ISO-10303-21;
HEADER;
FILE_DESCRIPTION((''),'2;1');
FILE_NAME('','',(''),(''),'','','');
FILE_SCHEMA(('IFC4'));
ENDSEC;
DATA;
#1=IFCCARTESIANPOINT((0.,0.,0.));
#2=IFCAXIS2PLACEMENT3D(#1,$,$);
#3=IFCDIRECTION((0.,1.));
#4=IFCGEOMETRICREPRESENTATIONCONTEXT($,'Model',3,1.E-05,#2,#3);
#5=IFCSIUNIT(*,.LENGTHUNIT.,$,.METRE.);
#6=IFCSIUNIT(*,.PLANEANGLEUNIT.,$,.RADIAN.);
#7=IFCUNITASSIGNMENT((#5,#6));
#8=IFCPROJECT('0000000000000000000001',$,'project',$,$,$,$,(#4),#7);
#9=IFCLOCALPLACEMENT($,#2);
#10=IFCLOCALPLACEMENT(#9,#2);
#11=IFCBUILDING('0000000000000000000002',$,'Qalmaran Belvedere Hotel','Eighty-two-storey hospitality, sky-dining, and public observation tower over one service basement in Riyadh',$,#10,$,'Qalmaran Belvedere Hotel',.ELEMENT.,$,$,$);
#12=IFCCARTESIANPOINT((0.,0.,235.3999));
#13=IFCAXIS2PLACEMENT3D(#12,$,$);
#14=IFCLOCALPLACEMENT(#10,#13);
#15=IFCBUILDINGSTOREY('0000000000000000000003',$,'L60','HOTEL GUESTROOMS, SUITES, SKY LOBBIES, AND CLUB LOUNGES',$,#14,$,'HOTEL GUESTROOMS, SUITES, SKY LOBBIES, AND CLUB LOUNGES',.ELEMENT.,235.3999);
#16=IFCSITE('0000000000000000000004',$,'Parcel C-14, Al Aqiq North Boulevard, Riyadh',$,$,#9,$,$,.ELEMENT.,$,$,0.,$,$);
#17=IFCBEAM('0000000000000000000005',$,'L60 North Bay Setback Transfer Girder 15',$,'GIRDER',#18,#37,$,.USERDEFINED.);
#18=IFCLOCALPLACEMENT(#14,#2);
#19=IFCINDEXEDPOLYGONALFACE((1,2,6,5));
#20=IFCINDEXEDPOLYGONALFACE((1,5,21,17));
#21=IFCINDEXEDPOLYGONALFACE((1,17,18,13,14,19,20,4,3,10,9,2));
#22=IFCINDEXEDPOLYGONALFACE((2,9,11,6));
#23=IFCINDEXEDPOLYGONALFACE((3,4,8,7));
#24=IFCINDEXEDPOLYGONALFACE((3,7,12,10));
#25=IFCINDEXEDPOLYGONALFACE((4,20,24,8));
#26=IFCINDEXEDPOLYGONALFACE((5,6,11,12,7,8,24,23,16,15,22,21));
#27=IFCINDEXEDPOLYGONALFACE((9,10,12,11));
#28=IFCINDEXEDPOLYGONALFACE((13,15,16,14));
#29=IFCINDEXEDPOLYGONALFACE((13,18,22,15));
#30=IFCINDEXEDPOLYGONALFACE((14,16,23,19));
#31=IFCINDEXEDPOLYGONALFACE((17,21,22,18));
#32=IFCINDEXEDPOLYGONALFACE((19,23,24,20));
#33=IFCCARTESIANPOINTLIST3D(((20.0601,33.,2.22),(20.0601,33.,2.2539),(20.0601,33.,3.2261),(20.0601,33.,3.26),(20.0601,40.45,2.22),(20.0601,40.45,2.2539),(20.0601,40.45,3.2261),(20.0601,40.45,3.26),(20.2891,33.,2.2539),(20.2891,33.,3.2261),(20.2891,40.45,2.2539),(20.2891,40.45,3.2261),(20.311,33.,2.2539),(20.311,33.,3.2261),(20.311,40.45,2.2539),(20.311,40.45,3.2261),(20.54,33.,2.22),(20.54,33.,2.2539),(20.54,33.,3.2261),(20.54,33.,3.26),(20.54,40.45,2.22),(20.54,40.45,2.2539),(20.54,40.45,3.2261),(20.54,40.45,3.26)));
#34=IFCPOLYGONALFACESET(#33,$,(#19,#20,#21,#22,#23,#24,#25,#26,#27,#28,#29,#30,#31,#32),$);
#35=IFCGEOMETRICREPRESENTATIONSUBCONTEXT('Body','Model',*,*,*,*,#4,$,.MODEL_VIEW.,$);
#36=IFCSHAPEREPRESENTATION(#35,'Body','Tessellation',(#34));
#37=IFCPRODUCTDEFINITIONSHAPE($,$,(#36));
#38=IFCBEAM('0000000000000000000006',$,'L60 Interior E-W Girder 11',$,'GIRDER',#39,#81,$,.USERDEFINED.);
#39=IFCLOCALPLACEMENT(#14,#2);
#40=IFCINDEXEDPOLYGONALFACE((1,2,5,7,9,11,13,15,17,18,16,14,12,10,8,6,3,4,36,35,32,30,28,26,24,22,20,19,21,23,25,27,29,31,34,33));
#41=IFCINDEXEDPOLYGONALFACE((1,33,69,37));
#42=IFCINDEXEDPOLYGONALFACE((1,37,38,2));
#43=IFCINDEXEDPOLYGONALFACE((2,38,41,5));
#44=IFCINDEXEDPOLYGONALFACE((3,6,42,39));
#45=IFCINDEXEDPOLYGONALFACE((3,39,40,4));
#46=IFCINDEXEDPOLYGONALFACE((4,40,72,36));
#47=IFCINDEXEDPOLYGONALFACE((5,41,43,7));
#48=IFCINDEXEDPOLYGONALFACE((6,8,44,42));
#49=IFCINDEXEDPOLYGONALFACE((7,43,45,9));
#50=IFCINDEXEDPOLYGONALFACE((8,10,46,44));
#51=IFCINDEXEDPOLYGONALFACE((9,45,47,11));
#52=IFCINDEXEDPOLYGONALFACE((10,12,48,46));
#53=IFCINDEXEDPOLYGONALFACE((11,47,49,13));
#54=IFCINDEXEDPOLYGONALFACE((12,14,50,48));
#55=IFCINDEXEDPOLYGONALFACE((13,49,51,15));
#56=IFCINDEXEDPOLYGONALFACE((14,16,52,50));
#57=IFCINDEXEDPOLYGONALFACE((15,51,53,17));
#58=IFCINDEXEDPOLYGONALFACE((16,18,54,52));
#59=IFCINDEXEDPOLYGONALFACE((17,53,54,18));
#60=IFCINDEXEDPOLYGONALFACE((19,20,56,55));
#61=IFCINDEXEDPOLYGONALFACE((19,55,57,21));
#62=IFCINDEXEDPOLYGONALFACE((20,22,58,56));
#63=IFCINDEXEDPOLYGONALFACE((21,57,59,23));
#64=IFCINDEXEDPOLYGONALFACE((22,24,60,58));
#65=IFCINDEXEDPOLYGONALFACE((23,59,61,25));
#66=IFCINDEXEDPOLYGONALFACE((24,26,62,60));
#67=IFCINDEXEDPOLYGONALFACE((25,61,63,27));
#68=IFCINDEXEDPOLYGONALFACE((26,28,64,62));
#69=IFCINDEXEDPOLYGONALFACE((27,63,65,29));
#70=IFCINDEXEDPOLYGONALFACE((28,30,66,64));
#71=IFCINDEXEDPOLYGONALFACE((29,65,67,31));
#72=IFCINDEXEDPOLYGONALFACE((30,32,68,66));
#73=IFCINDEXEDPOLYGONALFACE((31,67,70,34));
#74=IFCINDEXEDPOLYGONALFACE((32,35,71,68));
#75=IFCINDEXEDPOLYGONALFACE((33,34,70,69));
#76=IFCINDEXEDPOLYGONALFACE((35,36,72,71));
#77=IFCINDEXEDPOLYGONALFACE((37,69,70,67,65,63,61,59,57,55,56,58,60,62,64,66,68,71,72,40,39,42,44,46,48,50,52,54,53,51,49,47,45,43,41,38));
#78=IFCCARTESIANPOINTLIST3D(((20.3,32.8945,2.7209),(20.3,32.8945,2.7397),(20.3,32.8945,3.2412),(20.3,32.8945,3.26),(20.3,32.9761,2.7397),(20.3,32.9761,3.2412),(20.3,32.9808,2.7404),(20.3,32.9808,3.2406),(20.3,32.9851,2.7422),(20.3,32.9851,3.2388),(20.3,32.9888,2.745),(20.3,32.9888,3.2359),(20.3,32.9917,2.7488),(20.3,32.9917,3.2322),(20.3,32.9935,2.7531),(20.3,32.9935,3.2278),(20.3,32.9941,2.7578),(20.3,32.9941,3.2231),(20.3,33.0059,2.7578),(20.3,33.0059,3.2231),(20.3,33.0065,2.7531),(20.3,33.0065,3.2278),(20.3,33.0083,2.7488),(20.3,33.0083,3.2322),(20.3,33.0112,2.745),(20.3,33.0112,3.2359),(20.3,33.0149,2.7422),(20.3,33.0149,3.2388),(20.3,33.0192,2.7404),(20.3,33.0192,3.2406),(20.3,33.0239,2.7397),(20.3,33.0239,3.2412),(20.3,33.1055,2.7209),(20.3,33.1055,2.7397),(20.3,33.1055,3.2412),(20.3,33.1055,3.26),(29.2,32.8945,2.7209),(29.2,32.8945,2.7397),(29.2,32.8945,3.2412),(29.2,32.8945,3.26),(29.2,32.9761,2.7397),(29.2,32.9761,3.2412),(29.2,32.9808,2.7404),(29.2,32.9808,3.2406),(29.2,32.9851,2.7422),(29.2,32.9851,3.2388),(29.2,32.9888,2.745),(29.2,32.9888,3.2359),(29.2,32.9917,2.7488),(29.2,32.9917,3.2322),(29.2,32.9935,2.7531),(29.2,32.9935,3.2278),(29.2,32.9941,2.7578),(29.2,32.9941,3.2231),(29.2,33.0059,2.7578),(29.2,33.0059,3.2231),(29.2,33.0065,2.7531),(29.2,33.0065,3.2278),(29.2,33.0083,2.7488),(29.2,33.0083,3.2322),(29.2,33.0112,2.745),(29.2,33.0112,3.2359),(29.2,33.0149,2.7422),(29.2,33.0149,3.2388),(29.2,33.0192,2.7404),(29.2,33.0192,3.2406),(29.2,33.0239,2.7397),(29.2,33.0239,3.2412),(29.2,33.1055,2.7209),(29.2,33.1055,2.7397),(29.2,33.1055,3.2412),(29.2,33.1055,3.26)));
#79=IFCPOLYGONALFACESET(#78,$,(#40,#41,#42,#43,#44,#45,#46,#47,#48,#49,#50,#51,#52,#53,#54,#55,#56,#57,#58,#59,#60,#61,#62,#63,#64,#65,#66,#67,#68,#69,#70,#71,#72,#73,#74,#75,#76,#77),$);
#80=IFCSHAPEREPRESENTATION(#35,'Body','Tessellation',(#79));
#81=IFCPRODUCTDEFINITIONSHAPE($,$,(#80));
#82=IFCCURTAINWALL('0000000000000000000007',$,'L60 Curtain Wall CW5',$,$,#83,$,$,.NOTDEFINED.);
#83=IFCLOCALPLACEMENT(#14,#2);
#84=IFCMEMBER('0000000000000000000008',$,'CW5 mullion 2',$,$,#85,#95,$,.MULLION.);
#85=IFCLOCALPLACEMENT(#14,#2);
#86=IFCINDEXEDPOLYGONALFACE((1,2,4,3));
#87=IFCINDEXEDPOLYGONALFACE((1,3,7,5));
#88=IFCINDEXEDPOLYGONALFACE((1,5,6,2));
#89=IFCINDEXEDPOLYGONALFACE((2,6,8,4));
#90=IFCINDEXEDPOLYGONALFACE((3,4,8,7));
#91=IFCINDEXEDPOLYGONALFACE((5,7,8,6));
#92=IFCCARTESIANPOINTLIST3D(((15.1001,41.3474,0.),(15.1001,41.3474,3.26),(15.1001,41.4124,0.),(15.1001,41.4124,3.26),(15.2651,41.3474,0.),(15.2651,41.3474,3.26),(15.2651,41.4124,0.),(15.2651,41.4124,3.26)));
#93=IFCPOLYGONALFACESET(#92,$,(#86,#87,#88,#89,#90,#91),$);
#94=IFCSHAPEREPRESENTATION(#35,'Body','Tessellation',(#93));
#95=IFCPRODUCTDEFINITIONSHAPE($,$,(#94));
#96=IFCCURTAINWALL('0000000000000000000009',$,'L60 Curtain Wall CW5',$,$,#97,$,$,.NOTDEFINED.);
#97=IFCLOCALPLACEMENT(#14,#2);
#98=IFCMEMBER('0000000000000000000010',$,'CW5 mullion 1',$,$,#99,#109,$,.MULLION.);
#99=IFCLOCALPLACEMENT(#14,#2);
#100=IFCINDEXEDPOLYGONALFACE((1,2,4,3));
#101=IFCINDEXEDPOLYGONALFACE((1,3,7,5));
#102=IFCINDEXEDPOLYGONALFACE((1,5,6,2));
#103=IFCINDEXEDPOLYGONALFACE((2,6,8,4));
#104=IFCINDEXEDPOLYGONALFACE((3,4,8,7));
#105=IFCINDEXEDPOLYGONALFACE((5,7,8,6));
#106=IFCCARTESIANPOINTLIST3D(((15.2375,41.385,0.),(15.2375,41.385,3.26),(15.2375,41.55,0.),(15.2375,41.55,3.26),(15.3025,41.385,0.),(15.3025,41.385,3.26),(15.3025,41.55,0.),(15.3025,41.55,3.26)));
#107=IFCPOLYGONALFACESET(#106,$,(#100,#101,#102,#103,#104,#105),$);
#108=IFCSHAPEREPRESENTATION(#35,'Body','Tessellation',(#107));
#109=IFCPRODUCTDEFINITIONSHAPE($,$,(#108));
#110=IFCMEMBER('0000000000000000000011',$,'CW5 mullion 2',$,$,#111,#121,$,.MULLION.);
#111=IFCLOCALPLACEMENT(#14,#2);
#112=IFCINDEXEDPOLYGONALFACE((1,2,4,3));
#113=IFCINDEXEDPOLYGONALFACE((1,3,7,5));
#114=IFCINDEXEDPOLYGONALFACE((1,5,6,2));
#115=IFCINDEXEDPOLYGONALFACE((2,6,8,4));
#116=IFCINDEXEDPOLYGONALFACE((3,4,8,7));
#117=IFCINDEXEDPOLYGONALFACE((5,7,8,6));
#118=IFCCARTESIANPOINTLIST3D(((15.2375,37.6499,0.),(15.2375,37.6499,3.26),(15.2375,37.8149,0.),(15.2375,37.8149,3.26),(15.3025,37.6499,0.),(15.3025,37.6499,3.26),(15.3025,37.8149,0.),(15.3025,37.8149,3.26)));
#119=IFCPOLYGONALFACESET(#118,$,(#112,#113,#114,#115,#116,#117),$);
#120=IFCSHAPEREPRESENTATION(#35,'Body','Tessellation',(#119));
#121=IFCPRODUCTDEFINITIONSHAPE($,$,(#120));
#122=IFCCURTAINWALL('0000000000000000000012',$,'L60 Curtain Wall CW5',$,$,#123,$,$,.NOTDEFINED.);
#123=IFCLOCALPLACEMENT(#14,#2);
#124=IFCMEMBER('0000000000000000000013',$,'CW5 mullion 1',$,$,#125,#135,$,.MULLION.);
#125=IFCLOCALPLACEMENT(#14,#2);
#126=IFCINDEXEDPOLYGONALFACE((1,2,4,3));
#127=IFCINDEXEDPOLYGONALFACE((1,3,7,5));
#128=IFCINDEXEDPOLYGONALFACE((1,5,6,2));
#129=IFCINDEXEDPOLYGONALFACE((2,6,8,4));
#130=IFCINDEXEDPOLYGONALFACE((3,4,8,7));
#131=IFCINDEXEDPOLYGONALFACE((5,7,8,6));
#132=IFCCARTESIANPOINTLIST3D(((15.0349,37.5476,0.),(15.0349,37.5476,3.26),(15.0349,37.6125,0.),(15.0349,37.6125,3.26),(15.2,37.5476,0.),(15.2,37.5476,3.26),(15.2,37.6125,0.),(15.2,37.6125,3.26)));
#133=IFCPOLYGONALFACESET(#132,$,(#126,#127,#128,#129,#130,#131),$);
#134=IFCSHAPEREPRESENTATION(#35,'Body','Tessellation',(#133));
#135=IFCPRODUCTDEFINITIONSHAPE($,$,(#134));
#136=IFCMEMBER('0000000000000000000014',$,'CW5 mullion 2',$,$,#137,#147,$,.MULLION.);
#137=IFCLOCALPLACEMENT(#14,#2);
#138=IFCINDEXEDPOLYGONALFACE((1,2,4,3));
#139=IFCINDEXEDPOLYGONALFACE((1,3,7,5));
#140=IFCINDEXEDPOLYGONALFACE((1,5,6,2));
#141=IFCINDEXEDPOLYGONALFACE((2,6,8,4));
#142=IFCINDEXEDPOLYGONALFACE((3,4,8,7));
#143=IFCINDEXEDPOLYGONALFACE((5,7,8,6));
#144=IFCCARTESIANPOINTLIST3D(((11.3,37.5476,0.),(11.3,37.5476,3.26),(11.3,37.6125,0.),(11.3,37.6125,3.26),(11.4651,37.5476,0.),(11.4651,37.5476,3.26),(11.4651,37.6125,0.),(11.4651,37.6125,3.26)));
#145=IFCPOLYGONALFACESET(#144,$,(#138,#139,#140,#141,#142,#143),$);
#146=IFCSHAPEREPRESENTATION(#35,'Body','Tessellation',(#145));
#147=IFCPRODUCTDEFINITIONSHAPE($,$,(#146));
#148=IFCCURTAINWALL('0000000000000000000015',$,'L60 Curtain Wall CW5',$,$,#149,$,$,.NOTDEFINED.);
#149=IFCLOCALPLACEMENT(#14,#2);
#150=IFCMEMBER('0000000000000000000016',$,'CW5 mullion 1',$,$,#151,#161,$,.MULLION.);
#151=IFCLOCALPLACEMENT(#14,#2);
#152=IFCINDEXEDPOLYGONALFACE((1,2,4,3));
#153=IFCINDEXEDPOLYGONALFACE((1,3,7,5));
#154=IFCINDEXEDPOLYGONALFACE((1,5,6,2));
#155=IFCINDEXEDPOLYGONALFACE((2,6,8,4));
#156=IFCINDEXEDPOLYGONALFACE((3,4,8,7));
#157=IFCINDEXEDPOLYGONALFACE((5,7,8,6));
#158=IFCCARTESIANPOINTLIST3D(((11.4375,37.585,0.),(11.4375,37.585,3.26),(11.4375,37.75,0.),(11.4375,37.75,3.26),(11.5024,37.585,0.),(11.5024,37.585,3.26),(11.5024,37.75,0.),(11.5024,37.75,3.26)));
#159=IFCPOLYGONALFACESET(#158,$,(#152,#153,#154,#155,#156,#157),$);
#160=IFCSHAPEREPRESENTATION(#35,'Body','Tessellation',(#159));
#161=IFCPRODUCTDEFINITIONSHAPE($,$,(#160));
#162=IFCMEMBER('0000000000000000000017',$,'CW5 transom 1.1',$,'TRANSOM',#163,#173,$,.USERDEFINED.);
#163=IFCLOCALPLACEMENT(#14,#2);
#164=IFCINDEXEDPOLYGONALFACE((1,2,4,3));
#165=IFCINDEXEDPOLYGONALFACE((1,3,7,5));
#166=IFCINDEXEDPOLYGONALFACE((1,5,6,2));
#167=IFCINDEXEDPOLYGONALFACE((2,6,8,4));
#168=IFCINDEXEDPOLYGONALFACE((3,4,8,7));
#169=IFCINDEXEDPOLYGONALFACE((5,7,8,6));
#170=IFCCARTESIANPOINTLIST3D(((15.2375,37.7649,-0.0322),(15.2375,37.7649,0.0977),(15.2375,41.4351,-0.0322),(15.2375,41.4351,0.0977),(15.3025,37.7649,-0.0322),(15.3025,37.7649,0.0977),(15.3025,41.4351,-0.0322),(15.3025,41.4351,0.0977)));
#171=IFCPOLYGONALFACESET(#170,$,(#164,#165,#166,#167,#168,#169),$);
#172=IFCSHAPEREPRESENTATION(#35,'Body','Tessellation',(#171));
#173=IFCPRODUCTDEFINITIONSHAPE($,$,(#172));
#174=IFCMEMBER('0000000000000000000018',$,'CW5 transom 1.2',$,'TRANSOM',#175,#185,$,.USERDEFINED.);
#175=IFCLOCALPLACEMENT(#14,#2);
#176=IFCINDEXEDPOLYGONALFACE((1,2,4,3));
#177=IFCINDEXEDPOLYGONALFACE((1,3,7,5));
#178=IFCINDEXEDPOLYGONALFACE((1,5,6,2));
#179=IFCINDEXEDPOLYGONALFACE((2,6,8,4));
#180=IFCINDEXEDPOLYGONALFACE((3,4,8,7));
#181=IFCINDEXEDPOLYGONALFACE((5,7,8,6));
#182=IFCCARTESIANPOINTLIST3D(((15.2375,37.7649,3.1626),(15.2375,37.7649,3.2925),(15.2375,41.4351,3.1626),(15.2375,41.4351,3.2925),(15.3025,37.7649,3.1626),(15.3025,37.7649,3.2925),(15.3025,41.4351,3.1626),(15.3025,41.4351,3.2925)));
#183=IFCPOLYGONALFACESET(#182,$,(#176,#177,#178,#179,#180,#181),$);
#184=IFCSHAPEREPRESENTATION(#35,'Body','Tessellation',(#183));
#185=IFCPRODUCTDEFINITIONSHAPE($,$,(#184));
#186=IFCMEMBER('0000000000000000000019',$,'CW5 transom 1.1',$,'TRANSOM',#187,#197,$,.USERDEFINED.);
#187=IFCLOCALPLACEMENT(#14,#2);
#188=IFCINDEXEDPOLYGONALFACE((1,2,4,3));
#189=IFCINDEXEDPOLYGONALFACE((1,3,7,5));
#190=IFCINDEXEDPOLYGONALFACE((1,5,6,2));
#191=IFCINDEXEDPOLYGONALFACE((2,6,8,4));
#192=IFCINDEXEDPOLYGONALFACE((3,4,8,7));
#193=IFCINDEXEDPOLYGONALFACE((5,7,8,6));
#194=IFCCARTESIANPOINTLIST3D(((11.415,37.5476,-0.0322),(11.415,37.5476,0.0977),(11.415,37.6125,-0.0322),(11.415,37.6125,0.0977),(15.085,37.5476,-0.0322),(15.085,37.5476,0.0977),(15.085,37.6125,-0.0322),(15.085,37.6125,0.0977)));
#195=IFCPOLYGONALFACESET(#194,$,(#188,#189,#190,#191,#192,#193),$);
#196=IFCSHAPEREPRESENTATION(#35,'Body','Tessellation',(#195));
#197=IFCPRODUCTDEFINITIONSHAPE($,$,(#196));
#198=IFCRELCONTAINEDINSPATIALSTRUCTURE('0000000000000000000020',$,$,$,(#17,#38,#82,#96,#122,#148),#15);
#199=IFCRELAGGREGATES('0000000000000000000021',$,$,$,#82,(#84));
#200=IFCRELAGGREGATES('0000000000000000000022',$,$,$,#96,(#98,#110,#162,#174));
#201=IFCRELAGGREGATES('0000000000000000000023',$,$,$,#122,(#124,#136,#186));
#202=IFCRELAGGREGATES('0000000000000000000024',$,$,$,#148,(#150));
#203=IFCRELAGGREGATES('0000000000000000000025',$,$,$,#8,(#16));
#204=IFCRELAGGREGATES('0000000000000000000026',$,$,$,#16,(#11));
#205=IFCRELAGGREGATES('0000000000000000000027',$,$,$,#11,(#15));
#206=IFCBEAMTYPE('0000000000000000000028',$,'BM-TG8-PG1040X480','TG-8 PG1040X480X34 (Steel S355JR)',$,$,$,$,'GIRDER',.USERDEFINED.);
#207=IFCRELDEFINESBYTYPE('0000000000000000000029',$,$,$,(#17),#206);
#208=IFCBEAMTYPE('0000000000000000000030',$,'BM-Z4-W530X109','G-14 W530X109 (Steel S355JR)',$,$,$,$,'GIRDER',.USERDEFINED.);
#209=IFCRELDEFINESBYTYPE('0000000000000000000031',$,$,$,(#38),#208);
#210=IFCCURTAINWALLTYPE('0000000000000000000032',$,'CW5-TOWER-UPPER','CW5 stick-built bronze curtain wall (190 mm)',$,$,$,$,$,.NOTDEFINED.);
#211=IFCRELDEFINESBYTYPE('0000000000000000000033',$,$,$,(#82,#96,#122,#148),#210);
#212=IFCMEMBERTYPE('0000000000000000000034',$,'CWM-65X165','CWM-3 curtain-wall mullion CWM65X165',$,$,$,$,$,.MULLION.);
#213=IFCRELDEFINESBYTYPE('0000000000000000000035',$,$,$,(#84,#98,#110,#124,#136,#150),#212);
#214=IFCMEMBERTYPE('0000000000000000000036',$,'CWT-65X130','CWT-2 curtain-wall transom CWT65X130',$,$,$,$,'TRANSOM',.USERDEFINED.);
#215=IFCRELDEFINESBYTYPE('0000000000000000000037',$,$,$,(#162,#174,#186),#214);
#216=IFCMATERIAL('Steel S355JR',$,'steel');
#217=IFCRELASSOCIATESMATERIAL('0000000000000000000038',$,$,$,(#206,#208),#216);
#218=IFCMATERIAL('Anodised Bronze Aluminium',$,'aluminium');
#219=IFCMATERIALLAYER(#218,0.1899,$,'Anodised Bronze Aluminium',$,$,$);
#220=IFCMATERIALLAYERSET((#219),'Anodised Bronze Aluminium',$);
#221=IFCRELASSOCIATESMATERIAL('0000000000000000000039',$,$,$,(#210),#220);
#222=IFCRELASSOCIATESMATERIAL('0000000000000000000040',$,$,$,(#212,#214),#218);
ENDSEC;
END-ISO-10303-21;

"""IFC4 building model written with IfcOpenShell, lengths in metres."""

from ifc_helpers import new_model, si_unit, direction, frame, origin, origin_2d, place, context, subcontext, project, spatial, rectangle, i_section, extrude, material, layer, layer_set, material_profile, profile_set, type_object, element, aggregate, save


model = new_model("IFC4")

# Units and contexts
model_context = context("Model", 3, precision=1e-05, world=origin(), true_north=direction((0.0, 1.0)))
body_context = subcontext(model_context, "Body", "Model", "MODEL_VIEW")
ifc_project = project(units=[si_unit("LENGTHUNIT", "METRE"), si_unit("PLANEANGLEUNIT", "RADIAN")], contexts=[model_context])

# Site, building, storey
site_placement = place(None, origin())
site = spatial("IfcSite", under=ifc_project, at=site_placement, Name="Parcel C-14, Al Aqiq North Boulevard, Riyadh", CompositionType="ELEMENT", RefElevation=0.0)
building_placement = place(site_placement, origin())
building = spatial("IfcBuilding", under=site, at=building_placement, Name="Qalmaran Belvedere Hotel", Description="Eighty-two-storey hospitality, sky-dining, and public observation tower over one service basement in Riyadh", LongName="Qalmaran Belvedere Hotel", CompositionType="ELEMENT")
storey_placement = place(building_placement, frame((0.0, 0.0, 235.3999)))
storey = spatial("IfcBuildingStorey", under=building, at=storey_placement, Name="L60", Description="HOTEL GUESTROOMS, SUITES, SKY LOBBIES, AND CLUB LOUNGES", LongName="HOTEL GUESTROOMS, SUITES, SKY LOBBIES, AND CLUB LOUNGES", CompositionType="ELEMENT", Elevation=235.3999)

# Beams
ifc_material_1 = material(Name="Steel S355JR", Category="steel")
ifc_material_profile_1 = material_profile(ifc_material_1, i_section(OverallWidth=0.48, OverallDepth=1.04, WebThickness=0.022, FlangeThickness=0.0339, at=origin_2d()), Name="PG1040X480X34")
ifc_profile_set_1 = profile_set([ifc_material_profile_1], Name="Steel S355JR")
beam_type_1 = type_object("IfcBeamType", Name="BM-TG8-PG1040X480", Description="TG-8 PG1040X480X34 (Steel S355JR)", ElementType="GIRDER", PredefinedType="USERDEFINED", material=ifc_profile_set_1)
beam_1_placement = place(storey_placement, frame((20.3, 33.0, 2.74), z_axis=(0.0, 1.0, 0.0), x_axis=(-1.0, 0.0, 0.0)))
element("IfcBeam", 1, at=beam_1_placement, inside=storey, type_object=beam_type_1, Name="L60 North Bay Setback Transfer Girder 15", ObjectType="GIRDER", PredefinedType="USERDEFINED", context=body_context, shape_type="SweptSolid", body=[
    extrude(i_section(OverallWidth=0.48, OverallDepth=1.04, WebThickness=0.022, FlangeThickness=0.0339, at=origin_2d()), origin(), (0.0, 0.0, 1.0), 7.45),
])
ifc_material_profile_2 = material_profile(ifc_material_1, i_section(OverallWidth=0.2109, OverallDepth=0.5391, WebThickness=0.0117, FlangeThickness=0.0188, FilletRadius=0.0181, at=origin_2d()), Name="W530X109")
ifc_profile_set_2 = profile_set([ifc_material_profile_2], Name="Steel S355JR")
beam_type_2 = type_object("IfcBeamType", Name="BM-Z4-W530X109", Description="G-14 W530X109 (Steel S355JR)", ElementType="GIRDER", PredefinedType="USERDEFINED", material=ifc_profile_set_2)
beam_2_placement = place(storey_placement, frame((20.3, 33.0, 2.9905), z_axis=(1.0, 0.0, 0.0), x_axis=(0.0, 1.0, 0.0)))
element("IfcBeam", 2, at=beam_2_placement, inside=storey, type_object=beam_type_2, Name="L60 Interior E-W Girder 11", ObjectType="GIRDER", PredefinedType="USERDEFINED", context=body_context, shape_type="SweptSolid", body=[
    extrude(i_section(OverallWidth=0.2109, OverallDepth=0.5391, WebThickness=0.0117, FlangeThickness=0.0188, FilletRadius=0.0181, at=origin_2d()), origin(), (0.0, 0.0, 1.0), 8.8999),
])

# Curtain wall, member
ifc_material_2 = material(Name="Anodised Bronze Aluminium", Category="aluminium")
ifc_layer_1 = layer(ifc_material_2, 0.1899, Name="Anodised Bronze Aluminium")
ifc_layer_set_1 = layer_set([ifc_layer_1], Name="Anodised Bronze Aluminium")
curtain_wall_type = type_object("IfcCurtainWallType", Name="CW5-TOWER-UPPER", Description="CW5 stick-built bronze curtain wall (190 mm)", PredefinedType="NOTDEFINED", material=ifc_layer_set_1)
curtain_wall_1_placement = place(storey_placement, origin())
curtain_wall_1 = element("IfcCurtainWall", 3, at=curtain_wall_1_placement, inside=storey, type_object=curtain_wall_type, Name="L60 Curtain Wall CW5", PredefinedType="NOTDEFINED")
ifc_material_profile_3 = material_profile(ifc_material_2, rectangle(XDim=0.0649, YDim=0.165, at=origin_2d()), Name="CWM65X165")
ifc_profile_set_3 = profile_set([ifc_material_profile_3], Name="Anodised Bronze Aluminium")
member_type_1 = type_object("IfcMemberType", Name="CWM-65X165", Description="CWM-3 curtain-wall mullion CWM65X165", PredefinedType="MULLION", material=ifc_profile_set_3)
member_1_placement = place(storey_placement, frame((15.1826, 41.3799, 0.0), z_axis=(0.0, 0.0, 1.0), x_axis=(0.0, -1.0, 0.0)))
member_1 = element("IfcMember", 4, at=member_1_placement, type_object=member_type_1, Name="CW5 mullion 2", PredefinedType="MULLION", context=body_context, shape_type="SweptSolid", body=[
    extrude(rectangle(XDim=0.0649, YDim=0.165, at=origin_2d()), origin(), (0.0, 0.0, 1.0), 3.26),
])

# Curtain walls, members
curtain_wall_2_placement = place(storey_placement, origin())
curtain_wall_2 = element("IfcCurtainWall", 5, at=curtain_wall_2_placement, inside=storey, type_object=curtain_wall_type, Name="L60 Curtain Wall CW5", PredefinedType="NOTDEFINED")
member_2_placement = place(storey_placement, frame((15.27, 41.4675, 0.0), z_axis=(0.0, 0.0, 1.0), x_axis=(1.0, 0.0, 0.0)))
member_2 = element("IfcMember", 6, at=member_2_placement, type_object=member_type_1, Name="CW5 mullion 1", PredefinedType="MULLION", context=body_context, shape_type="SweptSolid", body=[
    extrude(rectangle(XDim=0.0649, YDim=0.165, at=origin_2d()), origin(), (0.0, 0.0, 1.0), 3.26),
])
member_3_placement = place(storey_placement, frame((15.27, 37.7324, 0.0), z_axis=(0.0, 0.0, 1.0), x_axis=(1.0, 0.0, 0.0)))
member_3 = element("IfcMember", 7, at=member_3_placement, type_object=member_type_1, Name="CW5 mullion 2", PredefinedType="MULLION", context=body_context, shape_type="SweptSolid", body=[
    extrude(rectangle(XDim=0.0649, YDim=0.165, at=origin_2d()), origin(), (0.0, 0.0, 1.0), 3.26),
])
curtain_wall_3_placement = place(storey_placement, origin())
curtain_wall_3 = element("IfcCurtainWall", 8, at=curtain_wall_3_placement, inside=storey, type_object=curtain_wall_type, Name="L60 Curtain Wall CW5", PredefinedType="NOTDEFINED")
member_4_placement = place(storey_placement, frame((15.1174, 37.5801, 0.0), z_axis=(0.0, 0.0, 1.0), x_axis=(0.0, -1.0, 0.0)))
member_4 = element("IfcMember", 9, at=member_4_placement, type_object=member_type_1, Name="CW5 mullion 1", PredefinedType="MULLION", context=body_context, shape_type="SweptSolid", body=[
    extrude(rectangle(XDim=0.0649, YDim=0.165, at=origin_2d()), origin(), (0.0, 0.0, 1.0), 3.26),
])
member_5_placement = place(storey_placement, frame((11.3826, 37.5801, 0.0), z_axis=(0.0, 0.0, 1.0), x_axis=(0.0, -1.0, 0.0)))
member_5 = element("IfcMember", 10, at=member_5_placement, type_object=member_type_1, Name="CW5 mullion 2", PredefinedType="MULLION", context=body_context, shape_type="SweptSolid", body=[
    extrude(rectangle(XDim=0.0649, YDim=0.165, at=origin_2d()), origin(), (0.0, 0.0, 1.0), 3.26),
])

# Curtain wall, member
curtain_wall_4_placement = place(storey_placement, origin())
curtain_wall_4 = element("IfcCurtainWall", 11, at=curtain_wall_4_placement, inside=storey, type_object=curtain_wall_type, Name="L60 Curtain Wall CW5", PredefinedType="NOTDEFINED")
member_6_placement = place(storey_placement, frame((11.47, 37.6675, 0.0), z_axis=(0.0, 0.0, 1.0), x_axis=(1.0, 0.0, 0.0)))
member_6 = element("IfcMember", 12, at=member_6_placement, type_object=member_type_1, Name="CW5 mullion 1", PredefinedType="MULLION", context=body_context, shape_type="SweptSolid", body=[
    extrude(rectangle(XDim=0.0649, YDim=0.165, at=origin_2d()), origin(), (0.0, 0.0, 1.0), 3.26),
])

# Members
ifc_material_profile_4 = material_profile(ifc_material_2, rectangle(XDim=0.0649, YDim=0.1299, at=origin_2d()), Name="CWT65X130")
ifc_profile_set_4 = profile_set([ifc_material_profile_4], Name="Anodised Bronze Aluminium")
member_type_2 = type_object("IfcMemberType", Name="CWT-65X130", Description="CWT-2 curtain-wall transom CWT65X130", ElementType="TRANSOM", PredefinedType="USERDEFINED", material=ifc_profile_set_4)
member_7_placement = place(storey_placement, frame((15.27, 41.4351, 0.0327), z_axis=(0.0, -1.0, 0.0), x_axis=(1.0, 0.0, 0.0)))
member_7 = element("IfcMember", 13, at=member_7_placement, type_object=member_type_2, Name="CW5 transom 1.1", ObjectType="TRANSOM", PredefinedType="USERDEFINED", context=body_context, shape_type="SweptSolid", body=[
    extrude(rectangle(XDim=0.0649, YDim=0.1299, at=origin_2d()), origin(), (0.0, 0.0, 1.0), 3.6702),
])
member_8_placement = place(storey_placement, frame((15.27, 41.4351, 3.2275), z_axis=(0.0, -1.0, 0.0), x_axis=(1.0, 0.0, 0.0)))
member_8 = element("IfcMember", 14, at=member_8_placement, type_object=member_type_2, Name="CW5 transom 1.2", ObjectType="TRANSOM", PredefinedType="USERDEFINED", context=body_context, shape_type="SweptSolid", body=[
    extrude(rectangle(XDim=0.0649, YDim=0.1299, at=origin_2d()), origin(), (0.0, 0.0, 1.0), 3.6702),
])
member_9_placement = place(storey_placement, frame((15.085, 37.5801, 0.0327), z_axis=(-1.0, 0.0, 0.0), x_axis=(0.0, -1.0, 0.0)))
member_9 = element("IfcMember", 15, at=member_9_placement, type_object=member_type_2, Name="CW5 transom 1.1", ObjectType="TRANSOM", PredefinedType="USERDEFINED", context=body_context, shape_type="SweptSolid", body=[
    extrude(rectangle(XDim=0.0649, YDim=0.1299, at=origin_2d()), origin(), (0.0, 0.0, 1.0), 3.6699),
])

aggregate(curtain_wall_1, [member_1])
aggregate(curtain_wall_2, [member_2, member_3, member_7, member_8])
aggregate(curtain_wall_3, [member_4, member_5, member_9])
aggregate(curtain_wall_4, [member_6])

save(model, "model.ifc")
